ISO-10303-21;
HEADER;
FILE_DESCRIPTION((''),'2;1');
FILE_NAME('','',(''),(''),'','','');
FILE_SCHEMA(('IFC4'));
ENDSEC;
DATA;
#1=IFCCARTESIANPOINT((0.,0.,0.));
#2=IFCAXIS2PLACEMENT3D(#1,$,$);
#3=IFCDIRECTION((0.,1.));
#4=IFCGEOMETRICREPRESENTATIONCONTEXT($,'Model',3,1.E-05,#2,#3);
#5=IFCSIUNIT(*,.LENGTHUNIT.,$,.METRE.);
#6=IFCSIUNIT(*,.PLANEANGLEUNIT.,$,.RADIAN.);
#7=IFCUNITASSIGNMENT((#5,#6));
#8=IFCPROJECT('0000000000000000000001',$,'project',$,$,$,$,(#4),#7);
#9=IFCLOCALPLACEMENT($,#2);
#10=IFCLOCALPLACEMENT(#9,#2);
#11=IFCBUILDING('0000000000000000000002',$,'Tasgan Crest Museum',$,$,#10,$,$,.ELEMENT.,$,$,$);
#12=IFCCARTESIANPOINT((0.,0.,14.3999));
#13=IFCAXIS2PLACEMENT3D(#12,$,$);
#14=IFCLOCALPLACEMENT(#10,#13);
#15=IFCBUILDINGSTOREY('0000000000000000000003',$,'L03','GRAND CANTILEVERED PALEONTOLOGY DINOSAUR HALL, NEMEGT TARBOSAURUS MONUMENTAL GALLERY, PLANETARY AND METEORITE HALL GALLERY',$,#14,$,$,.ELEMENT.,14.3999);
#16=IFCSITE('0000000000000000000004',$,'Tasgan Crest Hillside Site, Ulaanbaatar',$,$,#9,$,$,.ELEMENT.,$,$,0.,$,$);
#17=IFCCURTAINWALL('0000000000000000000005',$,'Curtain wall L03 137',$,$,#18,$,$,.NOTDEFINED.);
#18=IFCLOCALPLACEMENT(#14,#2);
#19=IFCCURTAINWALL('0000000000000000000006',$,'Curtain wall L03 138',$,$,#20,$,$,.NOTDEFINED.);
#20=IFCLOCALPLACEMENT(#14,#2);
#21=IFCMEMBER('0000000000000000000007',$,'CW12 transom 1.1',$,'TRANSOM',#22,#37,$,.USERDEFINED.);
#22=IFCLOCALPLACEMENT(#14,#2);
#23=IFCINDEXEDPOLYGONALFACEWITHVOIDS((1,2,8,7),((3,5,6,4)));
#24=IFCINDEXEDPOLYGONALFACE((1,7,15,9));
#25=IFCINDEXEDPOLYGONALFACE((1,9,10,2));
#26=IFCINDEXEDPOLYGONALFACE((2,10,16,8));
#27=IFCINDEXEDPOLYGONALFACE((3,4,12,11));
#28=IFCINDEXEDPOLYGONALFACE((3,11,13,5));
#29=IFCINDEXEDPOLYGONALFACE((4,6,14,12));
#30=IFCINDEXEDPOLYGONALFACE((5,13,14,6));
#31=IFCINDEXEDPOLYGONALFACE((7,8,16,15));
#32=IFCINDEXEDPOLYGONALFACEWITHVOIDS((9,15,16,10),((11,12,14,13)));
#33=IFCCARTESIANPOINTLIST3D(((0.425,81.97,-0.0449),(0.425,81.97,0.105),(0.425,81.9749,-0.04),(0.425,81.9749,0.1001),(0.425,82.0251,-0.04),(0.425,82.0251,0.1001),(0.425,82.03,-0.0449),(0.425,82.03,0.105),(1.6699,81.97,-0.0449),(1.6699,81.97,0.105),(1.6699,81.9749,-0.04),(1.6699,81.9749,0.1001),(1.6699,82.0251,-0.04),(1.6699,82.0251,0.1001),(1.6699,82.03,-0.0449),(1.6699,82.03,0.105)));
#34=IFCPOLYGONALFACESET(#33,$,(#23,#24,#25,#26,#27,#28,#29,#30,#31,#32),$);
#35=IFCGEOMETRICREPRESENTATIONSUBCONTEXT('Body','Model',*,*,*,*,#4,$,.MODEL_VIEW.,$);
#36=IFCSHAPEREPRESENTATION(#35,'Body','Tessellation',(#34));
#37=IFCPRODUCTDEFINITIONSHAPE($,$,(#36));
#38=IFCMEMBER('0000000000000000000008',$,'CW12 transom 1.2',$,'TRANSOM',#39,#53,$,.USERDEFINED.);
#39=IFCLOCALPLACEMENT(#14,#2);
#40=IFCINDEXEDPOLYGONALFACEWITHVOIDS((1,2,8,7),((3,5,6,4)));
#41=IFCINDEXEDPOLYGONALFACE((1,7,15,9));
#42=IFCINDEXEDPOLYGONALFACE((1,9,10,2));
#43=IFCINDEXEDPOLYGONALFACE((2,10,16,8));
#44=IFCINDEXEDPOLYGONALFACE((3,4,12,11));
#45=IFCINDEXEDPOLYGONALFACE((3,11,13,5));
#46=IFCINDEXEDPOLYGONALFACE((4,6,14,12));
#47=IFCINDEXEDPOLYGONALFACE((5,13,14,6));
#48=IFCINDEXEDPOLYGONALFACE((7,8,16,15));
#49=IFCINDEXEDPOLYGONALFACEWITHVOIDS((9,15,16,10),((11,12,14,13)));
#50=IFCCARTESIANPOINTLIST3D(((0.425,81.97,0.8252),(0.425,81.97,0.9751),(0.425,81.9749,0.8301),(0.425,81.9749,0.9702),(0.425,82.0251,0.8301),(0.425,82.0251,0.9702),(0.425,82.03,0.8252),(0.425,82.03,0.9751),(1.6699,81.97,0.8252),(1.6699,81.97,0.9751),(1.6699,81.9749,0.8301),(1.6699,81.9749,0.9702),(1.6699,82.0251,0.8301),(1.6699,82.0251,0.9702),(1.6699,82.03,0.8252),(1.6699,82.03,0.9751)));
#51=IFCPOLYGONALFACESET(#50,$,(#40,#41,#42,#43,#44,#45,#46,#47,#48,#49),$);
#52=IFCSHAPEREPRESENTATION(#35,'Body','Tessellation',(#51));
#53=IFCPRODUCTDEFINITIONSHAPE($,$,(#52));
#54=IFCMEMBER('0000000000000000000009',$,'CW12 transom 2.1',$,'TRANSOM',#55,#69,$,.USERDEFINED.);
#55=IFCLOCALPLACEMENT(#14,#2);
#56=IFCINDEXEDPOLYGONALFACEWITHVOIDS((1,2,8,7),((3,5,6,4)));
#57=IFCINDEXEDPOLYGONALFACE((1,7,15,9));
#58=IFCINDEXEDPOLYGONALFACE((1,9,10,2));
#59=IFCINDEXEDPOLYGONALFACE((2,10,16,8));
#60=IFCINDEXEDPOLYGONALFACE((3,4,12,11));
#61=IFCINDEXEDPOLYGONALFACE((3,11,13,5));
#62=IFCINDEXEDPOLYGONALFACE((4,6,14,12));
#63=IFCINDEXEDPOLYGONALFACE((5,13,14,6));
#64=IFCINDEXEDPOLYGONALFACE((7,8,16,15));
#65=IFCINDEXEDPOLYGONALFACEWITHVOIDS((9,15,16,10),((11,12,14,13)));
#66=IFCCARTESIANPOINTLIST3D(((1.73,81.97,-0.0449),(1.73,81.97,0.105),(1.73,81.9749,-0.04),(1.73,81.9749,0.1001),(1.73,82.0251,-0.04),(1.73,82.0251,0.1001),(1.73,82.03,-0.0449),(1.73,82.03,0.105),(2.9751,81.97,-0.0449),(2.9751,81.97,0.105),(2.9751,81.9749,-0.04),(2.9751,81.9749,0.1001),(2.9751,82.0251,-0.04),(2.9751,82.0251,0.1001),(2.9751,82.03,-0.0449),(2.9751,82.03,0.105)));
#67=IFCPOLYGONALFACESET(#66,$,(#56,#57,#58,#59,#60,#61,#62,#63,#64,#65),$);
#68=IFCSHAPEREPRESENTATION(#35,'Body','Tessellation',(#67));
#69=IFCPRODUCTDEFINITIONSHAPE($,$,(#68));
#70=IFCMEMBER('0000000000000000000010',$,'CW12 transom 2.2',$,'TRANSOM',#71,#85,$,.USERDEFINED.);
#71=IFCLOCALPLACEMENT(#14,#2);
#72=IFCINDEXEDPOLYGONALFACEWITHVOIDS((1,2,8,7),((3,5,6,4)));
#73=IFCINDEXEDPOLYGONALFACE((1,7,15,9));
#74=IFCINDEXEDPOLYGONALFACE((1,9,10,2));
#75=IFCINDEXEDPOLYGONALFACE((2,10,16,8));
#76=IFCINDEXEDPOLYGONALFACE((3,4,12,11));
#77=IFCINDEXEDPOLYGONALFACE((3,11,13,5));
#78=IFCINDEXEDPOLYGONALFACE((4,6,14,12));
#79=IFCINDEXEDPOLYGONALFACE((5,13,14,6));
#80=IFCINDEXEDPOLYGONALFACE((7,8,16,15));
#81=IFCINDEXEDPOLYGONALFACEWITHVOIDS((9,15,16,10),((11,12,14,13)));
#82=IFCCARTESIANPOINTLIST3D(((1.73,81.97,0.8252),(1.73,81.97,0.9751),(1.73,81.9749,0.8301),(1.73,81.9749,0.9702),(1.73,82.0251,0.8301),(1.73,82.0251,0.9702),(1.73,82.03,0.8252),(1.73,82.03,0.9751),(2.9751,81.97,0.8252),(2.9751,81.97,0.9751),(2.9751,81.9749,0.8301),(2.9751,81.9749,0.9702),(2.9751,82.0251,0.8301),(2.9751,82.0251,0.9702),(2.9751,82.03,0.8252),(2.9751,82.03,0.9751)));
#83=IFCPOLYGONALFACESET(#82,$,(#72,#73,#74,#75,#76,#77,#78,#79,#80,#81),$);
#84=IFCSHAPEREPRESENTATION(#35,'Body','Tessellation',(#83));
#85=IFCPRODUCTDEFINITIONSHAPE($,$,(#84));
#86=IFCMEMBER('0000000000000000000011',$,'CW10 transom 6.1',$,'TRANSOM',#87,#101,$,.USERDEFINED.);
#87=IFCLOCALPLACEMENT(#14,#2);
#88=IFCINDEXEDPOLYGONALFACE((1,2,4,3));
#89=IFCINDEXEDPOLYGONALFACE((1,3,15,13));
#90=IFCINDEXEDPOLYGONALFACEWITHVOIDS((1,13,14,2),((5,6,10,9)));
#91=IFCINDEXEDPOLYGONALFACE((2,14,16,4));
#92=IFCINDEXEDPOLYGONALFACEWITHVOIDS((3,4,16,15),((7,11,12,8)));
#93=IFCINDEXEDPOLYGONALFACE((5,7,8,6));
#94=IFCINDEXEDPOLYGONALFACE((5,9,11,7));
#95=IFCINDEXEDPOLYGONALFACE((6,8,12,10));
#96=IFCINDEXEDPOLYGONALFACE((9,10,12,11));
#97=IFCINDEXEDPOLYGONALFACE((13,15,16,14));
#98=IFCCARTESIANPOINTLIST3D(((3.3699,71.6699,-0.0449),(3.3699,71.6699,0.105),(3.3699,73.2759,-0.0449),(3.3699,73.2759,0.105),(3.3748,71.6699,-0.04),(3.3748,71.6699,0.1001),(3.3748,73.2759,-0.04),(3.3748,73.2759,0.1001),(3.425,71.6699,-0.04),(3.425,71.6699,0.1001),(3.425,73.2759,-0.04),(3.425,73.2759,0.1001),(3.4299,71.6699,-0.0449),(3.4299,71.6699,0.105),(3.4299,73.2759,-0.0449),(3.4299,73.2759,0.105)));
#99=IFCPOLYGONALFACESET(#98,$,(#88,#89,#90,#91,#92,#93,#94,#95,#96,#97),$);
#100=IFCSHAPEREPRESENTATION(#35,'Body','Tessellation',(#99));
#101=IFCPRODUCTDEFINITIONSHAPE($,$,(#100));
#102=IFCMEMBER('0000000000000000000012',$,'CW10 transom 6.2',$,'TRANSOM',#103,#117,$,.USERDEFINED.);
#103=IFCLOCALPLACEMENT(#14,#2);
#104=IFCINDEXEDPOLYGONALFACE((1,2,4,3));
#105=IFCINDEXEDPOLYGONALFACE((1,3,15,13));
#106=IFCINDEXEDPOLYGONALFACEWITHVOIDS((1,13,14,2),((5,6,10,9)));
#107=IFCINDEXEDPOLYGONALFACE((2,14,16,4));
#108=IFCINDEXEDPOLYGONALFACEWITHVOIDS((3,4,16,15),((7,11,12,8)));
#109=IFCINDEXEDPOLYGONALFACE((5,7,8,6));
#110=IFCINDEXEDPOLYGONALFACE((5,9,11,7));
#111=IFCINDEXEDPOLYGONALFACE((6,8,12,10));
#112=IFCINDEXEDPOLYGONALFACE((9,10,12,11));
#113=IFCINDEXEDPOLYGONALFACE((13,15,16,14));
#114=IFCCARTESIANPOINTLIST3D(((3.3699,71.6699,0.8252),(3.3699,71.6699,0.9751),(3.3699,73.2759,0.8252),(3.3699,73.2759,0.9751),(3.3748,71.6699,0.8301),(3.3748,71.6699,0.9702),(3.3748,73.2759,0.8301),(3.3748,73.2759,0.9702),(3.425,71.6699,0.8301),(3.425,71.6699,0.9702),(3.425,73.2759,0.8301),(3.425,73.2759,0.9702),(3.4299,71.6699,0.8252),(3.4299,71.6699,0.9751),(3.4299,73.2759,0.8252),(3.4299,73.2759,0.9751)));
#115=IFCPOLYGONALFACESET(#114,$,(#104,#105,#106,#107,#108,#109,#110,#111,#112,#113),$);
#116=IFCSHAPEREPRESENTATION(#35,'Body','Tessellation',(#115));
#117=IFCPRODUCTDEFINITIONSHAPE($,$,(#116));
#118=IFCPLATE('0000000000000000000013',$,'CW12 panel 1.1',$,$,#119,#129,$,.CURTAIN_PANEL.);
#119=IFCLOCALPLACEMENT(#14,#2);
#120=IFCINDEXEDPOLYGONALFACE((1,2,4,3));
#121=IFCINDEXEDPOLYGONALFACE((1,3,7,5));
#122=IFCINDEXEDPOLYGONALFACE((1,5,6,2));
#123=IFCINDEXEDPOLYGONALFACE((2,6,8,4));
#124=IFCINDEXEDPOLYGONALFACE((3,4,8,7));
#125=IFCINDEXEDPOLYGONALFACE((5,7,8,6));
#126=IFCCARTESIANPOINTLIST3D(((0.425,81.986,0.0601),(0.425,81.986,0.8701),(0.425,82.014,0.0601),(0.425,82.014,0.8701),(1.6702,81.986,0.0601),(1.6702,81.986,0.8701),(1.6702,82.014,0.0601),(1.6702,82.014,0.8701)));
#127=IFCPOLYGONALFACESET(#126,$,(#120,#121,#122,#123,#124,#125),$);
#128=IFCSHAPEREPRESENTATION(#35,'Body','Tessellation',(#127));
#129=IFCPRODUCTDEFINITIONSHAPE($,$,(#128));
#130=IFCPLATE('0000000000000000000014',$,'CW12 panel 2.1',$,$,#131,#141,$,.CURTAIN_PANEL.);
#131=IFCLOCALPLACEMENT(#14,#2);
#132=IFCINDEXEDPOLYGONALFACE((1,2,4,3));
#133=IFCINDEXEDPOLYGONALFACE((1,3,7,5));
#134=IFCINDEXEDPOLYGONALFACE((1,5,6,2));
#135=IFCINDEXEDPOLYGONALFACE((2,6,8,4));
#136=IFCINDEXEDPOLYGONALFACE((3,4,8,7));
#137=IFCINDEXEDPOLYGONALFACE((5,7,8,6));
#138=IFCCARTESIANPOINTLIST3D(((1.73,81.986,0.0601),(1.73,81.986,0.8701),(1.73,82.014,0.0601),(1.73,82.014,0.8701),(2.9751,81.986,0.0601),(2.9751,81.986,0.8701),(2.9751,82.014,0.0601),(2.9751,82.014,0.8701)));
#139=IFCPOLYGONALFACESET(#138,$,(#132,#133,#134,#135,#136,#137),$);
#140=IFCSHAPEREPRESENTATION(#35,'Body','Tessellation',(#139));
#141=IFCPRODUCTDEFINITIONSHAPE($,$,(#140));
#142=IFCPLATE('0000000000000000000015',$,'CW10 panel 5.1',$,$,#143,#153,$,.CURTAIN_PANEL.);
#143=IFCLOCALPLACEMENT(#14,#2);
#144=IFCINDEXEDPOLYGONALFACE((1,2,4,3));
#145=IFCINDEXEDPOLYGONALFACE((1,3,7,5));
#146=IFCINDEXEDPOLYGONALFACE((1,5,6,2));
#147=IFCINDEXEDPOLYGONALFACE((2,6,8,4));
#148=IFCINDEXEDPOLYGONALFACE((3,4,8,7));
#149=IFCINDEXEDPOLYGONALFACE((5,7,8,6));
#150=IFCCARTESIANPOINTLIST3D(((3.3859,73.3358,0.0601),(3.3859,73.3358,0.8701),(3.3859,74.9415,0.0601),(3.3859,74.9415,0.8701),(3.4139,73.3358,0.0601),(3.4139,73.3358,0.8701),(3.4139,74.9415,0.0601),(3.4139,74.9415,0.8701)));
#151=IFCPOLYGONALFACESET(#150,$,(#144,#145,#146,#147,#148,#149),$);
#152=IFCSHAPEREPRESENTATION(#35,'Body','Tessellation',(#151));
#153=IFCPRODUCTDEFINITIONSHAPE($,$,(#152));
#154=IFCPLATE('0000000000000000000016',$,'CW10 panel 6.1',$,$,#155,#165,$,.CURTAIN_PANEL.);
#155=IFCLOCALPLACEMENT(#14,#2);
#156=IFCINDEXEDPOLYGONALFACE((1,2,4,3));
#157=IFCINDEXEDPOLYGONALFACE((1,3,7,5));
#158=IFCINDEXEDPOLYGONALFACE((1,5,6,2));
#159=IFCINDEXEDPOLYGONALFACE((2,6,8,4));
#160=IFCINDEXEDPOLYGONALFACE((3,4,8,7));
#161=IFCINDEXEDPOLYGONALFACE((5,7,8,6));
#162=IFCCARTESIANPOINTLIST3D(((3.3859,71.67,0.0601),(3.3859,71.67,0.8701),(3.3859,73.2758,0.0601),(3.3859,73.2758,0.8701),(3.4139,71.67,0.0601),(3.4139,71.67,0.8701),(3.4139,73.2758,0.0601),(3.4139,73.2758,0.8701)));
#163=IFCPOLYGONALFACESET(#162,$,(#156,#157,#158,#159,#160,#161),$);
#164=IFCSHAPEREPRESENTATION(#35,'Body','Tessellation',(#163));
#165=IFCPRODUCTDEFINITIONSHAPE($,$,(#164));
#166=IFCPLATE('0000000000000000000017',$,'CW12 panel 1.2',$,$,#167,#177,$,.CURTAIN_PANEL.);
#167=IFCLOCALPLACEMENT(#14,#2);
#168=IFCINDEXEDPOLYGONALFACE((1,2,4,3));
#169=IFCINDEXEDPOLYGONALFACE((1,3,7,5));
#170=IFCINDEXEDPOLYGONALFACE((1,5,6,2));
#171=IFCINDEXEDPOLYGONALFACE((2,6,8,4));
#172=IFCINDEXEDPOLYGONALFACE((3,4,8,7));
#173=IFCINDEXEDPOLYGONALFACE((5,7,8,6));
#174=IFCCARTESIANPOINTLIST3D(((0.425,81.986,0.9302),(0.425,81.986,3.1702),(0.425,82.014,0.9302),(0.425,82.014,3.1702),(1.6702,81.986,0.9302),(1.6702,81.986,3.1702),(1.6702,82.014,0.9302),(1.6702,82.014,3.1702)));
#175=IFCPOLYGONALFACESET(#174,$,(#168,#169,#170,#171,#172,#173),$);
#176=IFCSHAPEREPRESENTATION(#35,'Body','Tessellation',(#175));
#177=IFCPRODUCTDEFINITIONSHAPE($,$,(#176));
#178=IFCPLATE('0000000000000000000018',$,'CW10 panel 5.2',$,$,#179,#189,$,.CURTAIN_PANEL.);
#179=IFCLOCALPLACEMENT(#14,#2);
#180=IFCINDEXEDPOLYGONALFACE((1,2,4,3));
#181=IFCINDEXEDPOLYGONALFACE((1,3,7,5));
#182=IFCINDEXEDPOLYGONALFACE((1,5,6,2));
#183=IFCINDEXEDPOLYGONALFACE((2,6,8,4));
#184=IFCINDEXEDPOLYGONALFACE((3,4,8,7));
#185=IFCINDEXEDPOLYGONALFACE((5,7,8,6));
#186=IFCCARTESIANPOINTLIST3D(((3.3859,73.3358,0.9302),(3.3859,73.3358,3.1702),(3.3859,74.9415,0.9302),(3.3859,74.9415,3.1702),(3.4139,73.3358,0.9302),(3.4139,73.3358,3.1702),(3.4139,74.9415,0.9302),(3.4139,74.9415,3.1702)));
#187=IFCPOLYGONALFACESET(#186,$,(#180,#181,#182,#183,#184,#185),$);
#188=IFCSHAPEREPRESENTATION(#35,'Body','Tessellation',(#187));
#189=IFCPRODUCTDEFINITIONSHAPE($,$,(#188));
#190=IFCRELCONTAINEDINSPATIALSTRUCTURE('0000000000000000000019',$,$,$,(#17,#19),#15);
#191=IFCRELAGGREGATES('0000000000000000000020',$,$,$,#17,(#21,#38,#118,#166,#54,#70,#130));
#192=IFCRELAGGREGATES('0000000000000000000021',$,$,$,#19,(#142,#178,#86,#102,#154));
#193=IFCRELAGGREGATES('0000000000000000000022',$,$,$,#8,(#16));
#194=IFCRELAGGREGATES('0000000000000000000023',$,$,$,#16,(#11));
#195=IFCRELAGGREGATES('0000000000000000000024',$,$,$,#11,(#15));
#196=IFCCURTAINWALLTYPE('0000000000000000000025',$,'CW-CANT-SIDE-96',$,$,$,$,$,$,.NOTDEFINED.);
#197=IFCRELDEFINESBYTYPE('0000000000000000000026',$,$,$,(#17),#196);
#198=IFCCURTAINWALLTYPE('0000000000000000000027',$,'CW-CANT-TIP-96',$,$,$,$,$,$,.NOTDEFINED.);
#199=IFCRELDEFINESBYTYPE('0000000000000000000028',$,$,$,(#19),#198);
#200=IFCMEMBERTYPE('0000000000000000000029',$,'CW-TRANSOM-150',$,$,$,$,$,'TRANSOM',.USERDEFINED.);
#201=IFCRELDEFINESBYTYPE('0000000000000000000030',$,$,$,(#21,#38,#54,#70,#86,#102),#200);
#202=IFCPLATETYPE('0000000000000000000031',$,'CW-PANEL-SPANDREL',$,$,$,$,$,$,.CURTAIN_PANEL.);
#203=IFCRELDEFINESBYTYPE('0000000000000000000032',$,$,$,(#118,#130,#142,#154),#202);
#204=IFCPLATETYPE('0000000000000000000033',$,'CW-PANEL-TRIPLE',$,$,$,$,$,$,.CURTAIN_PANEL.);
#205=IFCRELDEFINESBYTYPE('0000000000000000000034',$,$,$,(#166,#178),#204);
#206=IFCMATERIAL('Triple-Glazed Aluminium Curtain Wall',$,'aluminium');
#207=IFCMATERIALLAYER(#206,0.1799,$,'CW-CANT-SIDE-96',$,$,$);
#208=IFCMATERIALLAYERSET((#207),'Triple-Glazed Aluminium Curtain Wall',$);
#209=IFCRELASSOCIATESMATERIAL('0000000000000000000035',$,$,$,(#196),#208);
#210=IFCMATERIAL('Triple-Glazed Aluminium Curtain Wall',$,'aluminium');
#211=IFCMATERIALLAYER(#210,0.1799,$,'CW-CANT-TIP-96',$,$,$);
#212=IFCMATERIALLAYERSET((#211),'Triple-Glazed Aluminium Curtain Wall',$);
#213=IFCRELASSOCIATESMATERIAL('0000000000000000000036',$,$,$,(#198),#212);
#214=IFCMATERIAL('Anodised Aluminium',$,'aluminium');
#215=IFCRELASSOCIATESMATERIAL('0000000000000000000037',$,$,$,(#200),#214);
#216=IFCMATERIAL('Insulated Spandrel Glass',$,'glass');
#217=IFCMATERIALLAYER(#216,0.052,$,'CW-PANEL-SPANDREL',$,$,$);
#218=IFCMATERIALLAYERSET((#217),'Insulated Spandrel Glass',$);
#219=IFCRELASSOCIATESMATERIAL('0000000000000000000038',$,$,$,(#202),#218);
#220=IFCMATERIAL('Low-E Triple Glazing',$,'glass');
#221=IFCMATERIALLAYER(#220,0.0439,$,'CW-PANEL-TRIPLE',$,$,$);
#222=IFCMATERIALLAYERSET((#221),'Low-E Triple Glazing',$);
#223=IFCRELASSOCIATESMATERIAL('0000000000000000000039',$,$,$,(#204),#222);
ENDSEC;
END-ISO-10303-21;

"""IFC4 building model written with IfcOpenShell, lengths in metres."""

from ifc_helpers import new_model, si_unit, direction, frame, origin, origin_2d, place, context, subcontext, project, spatial, rectangle, hollow_rectangle, extrude, material, layer, layer_set, material_profile, profile_set, type_object, element, aggregate, save


model = new_model("IFC4")

# Units and contexts
model_context = context("Model", 3, precision=1e-05, world=origin(), true_north=direction((0.0, 1.0)))
body_context = subcontext(model_context, "Body", "Model", "MODEL_VIEW")
ifc_project = project(units=[si_unit("LENGTHUNIT", "METRE"), si_unit("PLANEANGLEUNIT", "RADIAN")], contexts=[model_context])

# Site, building, storey
site_placement = place(None, origin())
site = spatial("IfcSite", under=ifc_project, at=site_placement, Name="Tasgan Crest Hillside Site, Ulaanbaatar", CompositionType="ELEMENT", RefElevation=0.0)
building_placement = place(site_placement, origin())
building = spatial("IfcBuilding", under=site, at=building_placement, Name="Tasgan Crest Museum", CompositionType="ELEMENT")
storey_placement = place(building_placement, frame((0.0, 0.0, 14.3999)))
storey = spatial("IfcBuildingStorey", under=building, at=storey_placement, Name="L03", Description="GRAND CANTILEVERED PALEONTOLOGY DINOSAUR HALL, NEMEGT TARBOSAURUS MONUMENTAL GALLERY, PLANETARY AND METEORITE HALL GALLERY", CompositionType="ELEMENT", Elevation=14.3999)

# Curtain wall
ifc_material_1 = material(Name="Triple-Glazed Aluminium Curtain Wall", Category="aluminium")
ifc_layer_1 = layer(ifc_material_1, 0.1799, Name="CW-CANT-SIDE-96")
ifc_layer_set_1 = layer_set([ifc_layer_1], Name="Triple-Glazed Aluminium Curtain Wall")
curtain_wall_type_1 = type_object("IfcCurtainWallType", Name="CW-CANT-SIDE-96", PredefinedType="NOTDEFINED", material=ifc_layer_set_1)
curtain_wall_1_placement = place(storey_placement, origin())
curtain_wall_1 = element("IfcCurtainWall", 1, at=curtain_wall_1_placement, inside=storey, type_object=curtain_wall_type_1, Name="Curtain wall L03 137", PredefinedType="NOTDEFINED")

# Curtain wall
ifc_material_2 = material(Name="Triple-Glazed Aluminium Curtain Wall", Category="aluminium")
ifc_layer_2 = layer(ifc_material_2, 0.1799, Name="CW-CANT-TIP-96")
ifc_layer_set_2 = layer_set([ifc_layer_2], Name="Triple-Glazed Aluminium Curtain Wall")
curtain_wall_type_2 = type_object("IfcCurtainWallType", Name="CW-CANT-TIP-96", PredefinedType="NOTDEFINED", material=ifc_layer_set_2)
curtain_wall_2_placement = place(storey_placement, origin())
curtain_wall_2 = element("IfcCurtainWall", 2, at=curtain_wall_2_placement, inside=storey, type_object=curtain_wall_type_2, Name="Curtain wall L03 138", PredefinedType="NOTDEFINED")

# Members
ifc_material_3 = material(Name="Anodised Aluminium", Category="aluminium")
ifc_material_profile_1 = material_profile(ifc_material_3, hollow_rectangle(XDim=0.0601, YDim=0.1499, WallThickness=0.0049, at=origin_2d()), Name="ALU TRANSOM 150x60x5")
ifc_profile_set_1 = profile_set([ifc_material_profile_1], Name="Anodised Aluminium")
member_type_1 = type_object("IfcMemberType", Name="CW-TRANSOM-150", ElementType="TRANSOM", PredefinedType="USERDEFINED", material=ifc_profile_set_1)
member_1_placement = place(storey_placement, frame((0.425, 82.0, 0.03), z_axis=(1.0, 0.0, 0.0), x_axis=(0.0, 1.0, 0.0)))
member_1 = element("IfcMember", 3, at=member_1_placement, type_object=member_type_1, Name="CW12 transom 1.1", ObjectType="TRANSOM", PredefinedType="USERDEFINED", context=body_context, shape_type="SweptSolid", body=[
    extrude(hollow_rectangle(XDim=0.0601, YDim=0.1499, WallThickness=0.0049, at=origin_2d()), origin(), (0.0, 0.0, 1.0), 1.2449),
])
member_2_placement = place(storey_placement, frame((0.425, 82.0, 0.9001), z_axis=(1.0, 0.0, 0.0), x_axis=(0.0, 1.0, 0.0)))
member_2 = element("IfcMember", 4, at=member_2_placement, type_object=member_type_1, Name="CW12 transom 1.2", ObjectType="TRANSOM", PredefinedType="USERDEFINED", context=body_context, shape_type="SweptSolid", body=[
    extrude(hollow_rectangle(XDim=0.0601, YDim=0.1499, WallThickness=0.0049, at=origin_2d()), origin(), (0.0, 0.0, 1.0), 1.2449),
])
member_3_placement = place(storey_placement, frame((1.73, 82.0, 0.03), z_axis=(1.0, 0.0, 0.0), x_axis=(0.0, 1.0, 0.0)))
member_3 = element("IfcMember", 5, at=member_3_placement, type_object=member_type_1, Name="CW12 transom 2.1", ObjectType="TRANSOM", PredefinedType="USERDEFINED", context=body_context, shape_type="SweptSolid", body=[
    extrude(hollow_rectangle(XDim=0.0601, YDim=0.1499, WallThickness=0.0049, at=origin_2d()), origin(), (0.0, 0.0, 1.0), 1.2451),
])
member_4_placement = place(storey_placement, frame((1.73, 82.0, 0.9001), z_axis=(1.0, 0.0, 0.0), x_axis=(0.0, 1.0, 0.0)))
member_4 = element("IfcMember", 6, at=member_4_placement, type_object=member_type_1, Name="CW12 transom 2.2", ObjectType="TRANSOM", PredefinedType="USERDEFINED", context=body_context, shape_type="SweptSolid", body=[
    extrude(hollow_rectangle(XDim=0.0601, YDim=0.1499, WallThickness=0.0049, at=origin_2d()), origin(), (0.0, 0.0, 1.0), 1.2451),
])
member_5_placement = place(storey_placement, frame((3.3999, 73.2759, 0.03), z_axis=(0.0, -1.0, 0.0), x_axis=(1.0, 0.0, 0.0)))
member_5 = element("IfcMember", 7, at=member_5_placement, type_object=member_type_1, Name="CW10 transom 6.1", ObjectType="TRANSOM", PredefinedType="USERDEFINED", context=body_context, shape_type="SweptSolid", body=[
    extrude(hollow_rectangle(XDim=0.0601, YDim=0.1499, WallThickness=0.0049, at=origin_2d()), origin(), (0.0, 0.0, 1.0), 1.606),
])
member_6_placement = place(storey_placement, frame((3.3999, 73.2759, 0.9001), z_axis=(0.0, -1.0, 0.0), x_axis=(1.0, 0.0, 0.0)))
member_6 = element("IfcMember", 8, at=member_6_placement, type_object=member_type_1, Name="CW10 transom 6.2", ObjectType="TRANSOM", PredefinedType="USERDEFINED", context=body_context, shape_type="SweptSolid", body=[
    extrude(hollow_rectangle(XDim=0.0601, YDim=0.1499, WallThickness=0.0049, at=origin_2d()), origin(), (0.0, 0.0, 1.0), 1.606),
])

# Plates
ifc_material_4 = material(Name="Insulated Spandrel Glass", Category="glass")
ifc_layer_3 = layer(ifc_material_4, 0.052, Name="CW-PANEL-SPANDREL")
ifc_layer_set_3 = layer_set([ifc_layer_3], Name="Insulated Spandrel Glass")
plate_type_1 = type_object("IfcPlateType", Name="CW-PANEL-SPANDREL", PredefinedType="CURTAIN_PANEL", material=ifc_layer_set_3)
plate_1_placement = place(storey_placement, frame((1.0476, 82.0, 0.0601), z_axis=(0.0, 0.0, 1.0), x_axis=(1.0, 0.0, 0.0)))
plate_1 = element("IfcPlate", 9, at=plate_1_placement, type_object=plate_type_1, Name="CW12 panel 1.1", PredefinedType="CURTAIN_PANEL", context=body_context, shape_type="SweptSolid", body=[
    extrude(rectangle(XDim=1.2451, YDim=0.0281, at=origin_2d()), origin(), (0.0, 0.0, 1.0), 0.8101),
])
plate_2_placement = place(storey_placement, frame((2.3525, 82.0, 0.0601), z_axis=(0.0, 0.0, 1.0), x_axis=(1.0, 0.0, 0.0)))
plate_2 = element("IfcPlate", 10, at=plate_2_placement, type_object=plate_type_1, Name="CW12 panel 2.1", PredefinedType="CURTAIN_PANEL", context=body_context, shape_type="SweptSolid", body=[
    extrude(rectangle(XDim=1.2451, YDim=0.0281, at=origin_2d()), origin(), (0.0, 0.0, 1.0), 0.8101),
])
plate_3_placement = place(storey_placement, frame((3.3999, 74.1387, 0.0601), z_axis=(0.0, 0.0, 1.0), x_axis=(0.0, -1.0, 0.0)))
plate_3 = element("IfcPlate", 11, at=plate_3_placement, type_object=plate_type_1, Name="CW10 panel 5.1", PredefinedType="CURTAIN_PANEL", context=body_context, shape_type="SweptSolid", body=[
    extrude(rectangle(XDim=1.6057, YDim=0.0281, at=origin_2d()), origin(), (0.0, 0.0, 1.0), 0.8101),
])
plate_4_placement = place(storey_placement, frame((3.3999, 72.4729, 0.0601), z_axis=(0.0, 0.0, 1.0), x_axis=(0.0, -1.0, 0.0)))
plate_4 = element("IfcPlate", 12, at=plate_4_placement, type_object=plate_type_1, Name="CW10 panel 6.1", PredefinedType="CURTAIN_PANEL", context=body_context, shape_type="SweptSolid", body=[
    extrude(rectangle(XDim=1.6057, YDim=0.0281, at=origin_2d()), origin(), (0.0, 0.0, 1.0), 0.8101),
])
ifc_material_5 = material(Name="Low-E Triple Glazing", Category="glass")
ifc_layer_4 = layer(ifc_material_5, 0.0439, Name="CW-PANEL-TRIPLE")
ifc_layer_set_4 = layer_set([ifc_layer_4], Name="Low-E Triple Glazing")
plate_type_2 = type_object("IfcPlateType", Name="CW-PANEL-TRIPLE", PredefinedType="CURTAIN_PANEL", material=ifc_layer_set_4)
plate_5_placement = place(storey_placement, frame((1.0476, 82.0, 0.9302), z_axis=(0.0, 0.0, 1.0), x_axis=(1.0, 0.0, 0.0)))
plate_5 = element("IfcPlate", 13, at=plate_5_placement, type_object=plate_type_2, Name="CW12 panel 1.2", PredefinedType="CURTAIN_PANEL", context=body_context, shape_type="SweptSolid", body=[
    extrude(rectangle(XDim=1.2451, YDim=0.0281, at=origin_2d()), origin(), (0.0, 0.0, 1.0), 2.24),
])
aggregate(curtain_wall_1, [member_1, member_2, plate_1, plate_5, member_3, member_4, plate_2])
plate_6_placement = place(storey_placement, frame((3.3999, 74.1387, 0.9302), z_axis=(0.0, 0.0, 1.0), x_axis=(0.0, -1.0, 0.0)))
plate_6 = element("IfcPlate", 14, at=plate_6_placement, type_object=plate_type_2, Name="CW10 panel 5.2", PredefinedType="CURTAIN_PANEL", context=body_context, shape_type="SweptSolid", body=[
    extrude(rectangle(XDim=1.6057, YDim=0.0281, at=origin_2d()), origin(), (0.0, 0.0, 1.0), 2.24),
])
aggregate(curtain_wall_2, [plate_3, plate_6, member_5, member_6, plate_4])

save(model, "model.ifc")
